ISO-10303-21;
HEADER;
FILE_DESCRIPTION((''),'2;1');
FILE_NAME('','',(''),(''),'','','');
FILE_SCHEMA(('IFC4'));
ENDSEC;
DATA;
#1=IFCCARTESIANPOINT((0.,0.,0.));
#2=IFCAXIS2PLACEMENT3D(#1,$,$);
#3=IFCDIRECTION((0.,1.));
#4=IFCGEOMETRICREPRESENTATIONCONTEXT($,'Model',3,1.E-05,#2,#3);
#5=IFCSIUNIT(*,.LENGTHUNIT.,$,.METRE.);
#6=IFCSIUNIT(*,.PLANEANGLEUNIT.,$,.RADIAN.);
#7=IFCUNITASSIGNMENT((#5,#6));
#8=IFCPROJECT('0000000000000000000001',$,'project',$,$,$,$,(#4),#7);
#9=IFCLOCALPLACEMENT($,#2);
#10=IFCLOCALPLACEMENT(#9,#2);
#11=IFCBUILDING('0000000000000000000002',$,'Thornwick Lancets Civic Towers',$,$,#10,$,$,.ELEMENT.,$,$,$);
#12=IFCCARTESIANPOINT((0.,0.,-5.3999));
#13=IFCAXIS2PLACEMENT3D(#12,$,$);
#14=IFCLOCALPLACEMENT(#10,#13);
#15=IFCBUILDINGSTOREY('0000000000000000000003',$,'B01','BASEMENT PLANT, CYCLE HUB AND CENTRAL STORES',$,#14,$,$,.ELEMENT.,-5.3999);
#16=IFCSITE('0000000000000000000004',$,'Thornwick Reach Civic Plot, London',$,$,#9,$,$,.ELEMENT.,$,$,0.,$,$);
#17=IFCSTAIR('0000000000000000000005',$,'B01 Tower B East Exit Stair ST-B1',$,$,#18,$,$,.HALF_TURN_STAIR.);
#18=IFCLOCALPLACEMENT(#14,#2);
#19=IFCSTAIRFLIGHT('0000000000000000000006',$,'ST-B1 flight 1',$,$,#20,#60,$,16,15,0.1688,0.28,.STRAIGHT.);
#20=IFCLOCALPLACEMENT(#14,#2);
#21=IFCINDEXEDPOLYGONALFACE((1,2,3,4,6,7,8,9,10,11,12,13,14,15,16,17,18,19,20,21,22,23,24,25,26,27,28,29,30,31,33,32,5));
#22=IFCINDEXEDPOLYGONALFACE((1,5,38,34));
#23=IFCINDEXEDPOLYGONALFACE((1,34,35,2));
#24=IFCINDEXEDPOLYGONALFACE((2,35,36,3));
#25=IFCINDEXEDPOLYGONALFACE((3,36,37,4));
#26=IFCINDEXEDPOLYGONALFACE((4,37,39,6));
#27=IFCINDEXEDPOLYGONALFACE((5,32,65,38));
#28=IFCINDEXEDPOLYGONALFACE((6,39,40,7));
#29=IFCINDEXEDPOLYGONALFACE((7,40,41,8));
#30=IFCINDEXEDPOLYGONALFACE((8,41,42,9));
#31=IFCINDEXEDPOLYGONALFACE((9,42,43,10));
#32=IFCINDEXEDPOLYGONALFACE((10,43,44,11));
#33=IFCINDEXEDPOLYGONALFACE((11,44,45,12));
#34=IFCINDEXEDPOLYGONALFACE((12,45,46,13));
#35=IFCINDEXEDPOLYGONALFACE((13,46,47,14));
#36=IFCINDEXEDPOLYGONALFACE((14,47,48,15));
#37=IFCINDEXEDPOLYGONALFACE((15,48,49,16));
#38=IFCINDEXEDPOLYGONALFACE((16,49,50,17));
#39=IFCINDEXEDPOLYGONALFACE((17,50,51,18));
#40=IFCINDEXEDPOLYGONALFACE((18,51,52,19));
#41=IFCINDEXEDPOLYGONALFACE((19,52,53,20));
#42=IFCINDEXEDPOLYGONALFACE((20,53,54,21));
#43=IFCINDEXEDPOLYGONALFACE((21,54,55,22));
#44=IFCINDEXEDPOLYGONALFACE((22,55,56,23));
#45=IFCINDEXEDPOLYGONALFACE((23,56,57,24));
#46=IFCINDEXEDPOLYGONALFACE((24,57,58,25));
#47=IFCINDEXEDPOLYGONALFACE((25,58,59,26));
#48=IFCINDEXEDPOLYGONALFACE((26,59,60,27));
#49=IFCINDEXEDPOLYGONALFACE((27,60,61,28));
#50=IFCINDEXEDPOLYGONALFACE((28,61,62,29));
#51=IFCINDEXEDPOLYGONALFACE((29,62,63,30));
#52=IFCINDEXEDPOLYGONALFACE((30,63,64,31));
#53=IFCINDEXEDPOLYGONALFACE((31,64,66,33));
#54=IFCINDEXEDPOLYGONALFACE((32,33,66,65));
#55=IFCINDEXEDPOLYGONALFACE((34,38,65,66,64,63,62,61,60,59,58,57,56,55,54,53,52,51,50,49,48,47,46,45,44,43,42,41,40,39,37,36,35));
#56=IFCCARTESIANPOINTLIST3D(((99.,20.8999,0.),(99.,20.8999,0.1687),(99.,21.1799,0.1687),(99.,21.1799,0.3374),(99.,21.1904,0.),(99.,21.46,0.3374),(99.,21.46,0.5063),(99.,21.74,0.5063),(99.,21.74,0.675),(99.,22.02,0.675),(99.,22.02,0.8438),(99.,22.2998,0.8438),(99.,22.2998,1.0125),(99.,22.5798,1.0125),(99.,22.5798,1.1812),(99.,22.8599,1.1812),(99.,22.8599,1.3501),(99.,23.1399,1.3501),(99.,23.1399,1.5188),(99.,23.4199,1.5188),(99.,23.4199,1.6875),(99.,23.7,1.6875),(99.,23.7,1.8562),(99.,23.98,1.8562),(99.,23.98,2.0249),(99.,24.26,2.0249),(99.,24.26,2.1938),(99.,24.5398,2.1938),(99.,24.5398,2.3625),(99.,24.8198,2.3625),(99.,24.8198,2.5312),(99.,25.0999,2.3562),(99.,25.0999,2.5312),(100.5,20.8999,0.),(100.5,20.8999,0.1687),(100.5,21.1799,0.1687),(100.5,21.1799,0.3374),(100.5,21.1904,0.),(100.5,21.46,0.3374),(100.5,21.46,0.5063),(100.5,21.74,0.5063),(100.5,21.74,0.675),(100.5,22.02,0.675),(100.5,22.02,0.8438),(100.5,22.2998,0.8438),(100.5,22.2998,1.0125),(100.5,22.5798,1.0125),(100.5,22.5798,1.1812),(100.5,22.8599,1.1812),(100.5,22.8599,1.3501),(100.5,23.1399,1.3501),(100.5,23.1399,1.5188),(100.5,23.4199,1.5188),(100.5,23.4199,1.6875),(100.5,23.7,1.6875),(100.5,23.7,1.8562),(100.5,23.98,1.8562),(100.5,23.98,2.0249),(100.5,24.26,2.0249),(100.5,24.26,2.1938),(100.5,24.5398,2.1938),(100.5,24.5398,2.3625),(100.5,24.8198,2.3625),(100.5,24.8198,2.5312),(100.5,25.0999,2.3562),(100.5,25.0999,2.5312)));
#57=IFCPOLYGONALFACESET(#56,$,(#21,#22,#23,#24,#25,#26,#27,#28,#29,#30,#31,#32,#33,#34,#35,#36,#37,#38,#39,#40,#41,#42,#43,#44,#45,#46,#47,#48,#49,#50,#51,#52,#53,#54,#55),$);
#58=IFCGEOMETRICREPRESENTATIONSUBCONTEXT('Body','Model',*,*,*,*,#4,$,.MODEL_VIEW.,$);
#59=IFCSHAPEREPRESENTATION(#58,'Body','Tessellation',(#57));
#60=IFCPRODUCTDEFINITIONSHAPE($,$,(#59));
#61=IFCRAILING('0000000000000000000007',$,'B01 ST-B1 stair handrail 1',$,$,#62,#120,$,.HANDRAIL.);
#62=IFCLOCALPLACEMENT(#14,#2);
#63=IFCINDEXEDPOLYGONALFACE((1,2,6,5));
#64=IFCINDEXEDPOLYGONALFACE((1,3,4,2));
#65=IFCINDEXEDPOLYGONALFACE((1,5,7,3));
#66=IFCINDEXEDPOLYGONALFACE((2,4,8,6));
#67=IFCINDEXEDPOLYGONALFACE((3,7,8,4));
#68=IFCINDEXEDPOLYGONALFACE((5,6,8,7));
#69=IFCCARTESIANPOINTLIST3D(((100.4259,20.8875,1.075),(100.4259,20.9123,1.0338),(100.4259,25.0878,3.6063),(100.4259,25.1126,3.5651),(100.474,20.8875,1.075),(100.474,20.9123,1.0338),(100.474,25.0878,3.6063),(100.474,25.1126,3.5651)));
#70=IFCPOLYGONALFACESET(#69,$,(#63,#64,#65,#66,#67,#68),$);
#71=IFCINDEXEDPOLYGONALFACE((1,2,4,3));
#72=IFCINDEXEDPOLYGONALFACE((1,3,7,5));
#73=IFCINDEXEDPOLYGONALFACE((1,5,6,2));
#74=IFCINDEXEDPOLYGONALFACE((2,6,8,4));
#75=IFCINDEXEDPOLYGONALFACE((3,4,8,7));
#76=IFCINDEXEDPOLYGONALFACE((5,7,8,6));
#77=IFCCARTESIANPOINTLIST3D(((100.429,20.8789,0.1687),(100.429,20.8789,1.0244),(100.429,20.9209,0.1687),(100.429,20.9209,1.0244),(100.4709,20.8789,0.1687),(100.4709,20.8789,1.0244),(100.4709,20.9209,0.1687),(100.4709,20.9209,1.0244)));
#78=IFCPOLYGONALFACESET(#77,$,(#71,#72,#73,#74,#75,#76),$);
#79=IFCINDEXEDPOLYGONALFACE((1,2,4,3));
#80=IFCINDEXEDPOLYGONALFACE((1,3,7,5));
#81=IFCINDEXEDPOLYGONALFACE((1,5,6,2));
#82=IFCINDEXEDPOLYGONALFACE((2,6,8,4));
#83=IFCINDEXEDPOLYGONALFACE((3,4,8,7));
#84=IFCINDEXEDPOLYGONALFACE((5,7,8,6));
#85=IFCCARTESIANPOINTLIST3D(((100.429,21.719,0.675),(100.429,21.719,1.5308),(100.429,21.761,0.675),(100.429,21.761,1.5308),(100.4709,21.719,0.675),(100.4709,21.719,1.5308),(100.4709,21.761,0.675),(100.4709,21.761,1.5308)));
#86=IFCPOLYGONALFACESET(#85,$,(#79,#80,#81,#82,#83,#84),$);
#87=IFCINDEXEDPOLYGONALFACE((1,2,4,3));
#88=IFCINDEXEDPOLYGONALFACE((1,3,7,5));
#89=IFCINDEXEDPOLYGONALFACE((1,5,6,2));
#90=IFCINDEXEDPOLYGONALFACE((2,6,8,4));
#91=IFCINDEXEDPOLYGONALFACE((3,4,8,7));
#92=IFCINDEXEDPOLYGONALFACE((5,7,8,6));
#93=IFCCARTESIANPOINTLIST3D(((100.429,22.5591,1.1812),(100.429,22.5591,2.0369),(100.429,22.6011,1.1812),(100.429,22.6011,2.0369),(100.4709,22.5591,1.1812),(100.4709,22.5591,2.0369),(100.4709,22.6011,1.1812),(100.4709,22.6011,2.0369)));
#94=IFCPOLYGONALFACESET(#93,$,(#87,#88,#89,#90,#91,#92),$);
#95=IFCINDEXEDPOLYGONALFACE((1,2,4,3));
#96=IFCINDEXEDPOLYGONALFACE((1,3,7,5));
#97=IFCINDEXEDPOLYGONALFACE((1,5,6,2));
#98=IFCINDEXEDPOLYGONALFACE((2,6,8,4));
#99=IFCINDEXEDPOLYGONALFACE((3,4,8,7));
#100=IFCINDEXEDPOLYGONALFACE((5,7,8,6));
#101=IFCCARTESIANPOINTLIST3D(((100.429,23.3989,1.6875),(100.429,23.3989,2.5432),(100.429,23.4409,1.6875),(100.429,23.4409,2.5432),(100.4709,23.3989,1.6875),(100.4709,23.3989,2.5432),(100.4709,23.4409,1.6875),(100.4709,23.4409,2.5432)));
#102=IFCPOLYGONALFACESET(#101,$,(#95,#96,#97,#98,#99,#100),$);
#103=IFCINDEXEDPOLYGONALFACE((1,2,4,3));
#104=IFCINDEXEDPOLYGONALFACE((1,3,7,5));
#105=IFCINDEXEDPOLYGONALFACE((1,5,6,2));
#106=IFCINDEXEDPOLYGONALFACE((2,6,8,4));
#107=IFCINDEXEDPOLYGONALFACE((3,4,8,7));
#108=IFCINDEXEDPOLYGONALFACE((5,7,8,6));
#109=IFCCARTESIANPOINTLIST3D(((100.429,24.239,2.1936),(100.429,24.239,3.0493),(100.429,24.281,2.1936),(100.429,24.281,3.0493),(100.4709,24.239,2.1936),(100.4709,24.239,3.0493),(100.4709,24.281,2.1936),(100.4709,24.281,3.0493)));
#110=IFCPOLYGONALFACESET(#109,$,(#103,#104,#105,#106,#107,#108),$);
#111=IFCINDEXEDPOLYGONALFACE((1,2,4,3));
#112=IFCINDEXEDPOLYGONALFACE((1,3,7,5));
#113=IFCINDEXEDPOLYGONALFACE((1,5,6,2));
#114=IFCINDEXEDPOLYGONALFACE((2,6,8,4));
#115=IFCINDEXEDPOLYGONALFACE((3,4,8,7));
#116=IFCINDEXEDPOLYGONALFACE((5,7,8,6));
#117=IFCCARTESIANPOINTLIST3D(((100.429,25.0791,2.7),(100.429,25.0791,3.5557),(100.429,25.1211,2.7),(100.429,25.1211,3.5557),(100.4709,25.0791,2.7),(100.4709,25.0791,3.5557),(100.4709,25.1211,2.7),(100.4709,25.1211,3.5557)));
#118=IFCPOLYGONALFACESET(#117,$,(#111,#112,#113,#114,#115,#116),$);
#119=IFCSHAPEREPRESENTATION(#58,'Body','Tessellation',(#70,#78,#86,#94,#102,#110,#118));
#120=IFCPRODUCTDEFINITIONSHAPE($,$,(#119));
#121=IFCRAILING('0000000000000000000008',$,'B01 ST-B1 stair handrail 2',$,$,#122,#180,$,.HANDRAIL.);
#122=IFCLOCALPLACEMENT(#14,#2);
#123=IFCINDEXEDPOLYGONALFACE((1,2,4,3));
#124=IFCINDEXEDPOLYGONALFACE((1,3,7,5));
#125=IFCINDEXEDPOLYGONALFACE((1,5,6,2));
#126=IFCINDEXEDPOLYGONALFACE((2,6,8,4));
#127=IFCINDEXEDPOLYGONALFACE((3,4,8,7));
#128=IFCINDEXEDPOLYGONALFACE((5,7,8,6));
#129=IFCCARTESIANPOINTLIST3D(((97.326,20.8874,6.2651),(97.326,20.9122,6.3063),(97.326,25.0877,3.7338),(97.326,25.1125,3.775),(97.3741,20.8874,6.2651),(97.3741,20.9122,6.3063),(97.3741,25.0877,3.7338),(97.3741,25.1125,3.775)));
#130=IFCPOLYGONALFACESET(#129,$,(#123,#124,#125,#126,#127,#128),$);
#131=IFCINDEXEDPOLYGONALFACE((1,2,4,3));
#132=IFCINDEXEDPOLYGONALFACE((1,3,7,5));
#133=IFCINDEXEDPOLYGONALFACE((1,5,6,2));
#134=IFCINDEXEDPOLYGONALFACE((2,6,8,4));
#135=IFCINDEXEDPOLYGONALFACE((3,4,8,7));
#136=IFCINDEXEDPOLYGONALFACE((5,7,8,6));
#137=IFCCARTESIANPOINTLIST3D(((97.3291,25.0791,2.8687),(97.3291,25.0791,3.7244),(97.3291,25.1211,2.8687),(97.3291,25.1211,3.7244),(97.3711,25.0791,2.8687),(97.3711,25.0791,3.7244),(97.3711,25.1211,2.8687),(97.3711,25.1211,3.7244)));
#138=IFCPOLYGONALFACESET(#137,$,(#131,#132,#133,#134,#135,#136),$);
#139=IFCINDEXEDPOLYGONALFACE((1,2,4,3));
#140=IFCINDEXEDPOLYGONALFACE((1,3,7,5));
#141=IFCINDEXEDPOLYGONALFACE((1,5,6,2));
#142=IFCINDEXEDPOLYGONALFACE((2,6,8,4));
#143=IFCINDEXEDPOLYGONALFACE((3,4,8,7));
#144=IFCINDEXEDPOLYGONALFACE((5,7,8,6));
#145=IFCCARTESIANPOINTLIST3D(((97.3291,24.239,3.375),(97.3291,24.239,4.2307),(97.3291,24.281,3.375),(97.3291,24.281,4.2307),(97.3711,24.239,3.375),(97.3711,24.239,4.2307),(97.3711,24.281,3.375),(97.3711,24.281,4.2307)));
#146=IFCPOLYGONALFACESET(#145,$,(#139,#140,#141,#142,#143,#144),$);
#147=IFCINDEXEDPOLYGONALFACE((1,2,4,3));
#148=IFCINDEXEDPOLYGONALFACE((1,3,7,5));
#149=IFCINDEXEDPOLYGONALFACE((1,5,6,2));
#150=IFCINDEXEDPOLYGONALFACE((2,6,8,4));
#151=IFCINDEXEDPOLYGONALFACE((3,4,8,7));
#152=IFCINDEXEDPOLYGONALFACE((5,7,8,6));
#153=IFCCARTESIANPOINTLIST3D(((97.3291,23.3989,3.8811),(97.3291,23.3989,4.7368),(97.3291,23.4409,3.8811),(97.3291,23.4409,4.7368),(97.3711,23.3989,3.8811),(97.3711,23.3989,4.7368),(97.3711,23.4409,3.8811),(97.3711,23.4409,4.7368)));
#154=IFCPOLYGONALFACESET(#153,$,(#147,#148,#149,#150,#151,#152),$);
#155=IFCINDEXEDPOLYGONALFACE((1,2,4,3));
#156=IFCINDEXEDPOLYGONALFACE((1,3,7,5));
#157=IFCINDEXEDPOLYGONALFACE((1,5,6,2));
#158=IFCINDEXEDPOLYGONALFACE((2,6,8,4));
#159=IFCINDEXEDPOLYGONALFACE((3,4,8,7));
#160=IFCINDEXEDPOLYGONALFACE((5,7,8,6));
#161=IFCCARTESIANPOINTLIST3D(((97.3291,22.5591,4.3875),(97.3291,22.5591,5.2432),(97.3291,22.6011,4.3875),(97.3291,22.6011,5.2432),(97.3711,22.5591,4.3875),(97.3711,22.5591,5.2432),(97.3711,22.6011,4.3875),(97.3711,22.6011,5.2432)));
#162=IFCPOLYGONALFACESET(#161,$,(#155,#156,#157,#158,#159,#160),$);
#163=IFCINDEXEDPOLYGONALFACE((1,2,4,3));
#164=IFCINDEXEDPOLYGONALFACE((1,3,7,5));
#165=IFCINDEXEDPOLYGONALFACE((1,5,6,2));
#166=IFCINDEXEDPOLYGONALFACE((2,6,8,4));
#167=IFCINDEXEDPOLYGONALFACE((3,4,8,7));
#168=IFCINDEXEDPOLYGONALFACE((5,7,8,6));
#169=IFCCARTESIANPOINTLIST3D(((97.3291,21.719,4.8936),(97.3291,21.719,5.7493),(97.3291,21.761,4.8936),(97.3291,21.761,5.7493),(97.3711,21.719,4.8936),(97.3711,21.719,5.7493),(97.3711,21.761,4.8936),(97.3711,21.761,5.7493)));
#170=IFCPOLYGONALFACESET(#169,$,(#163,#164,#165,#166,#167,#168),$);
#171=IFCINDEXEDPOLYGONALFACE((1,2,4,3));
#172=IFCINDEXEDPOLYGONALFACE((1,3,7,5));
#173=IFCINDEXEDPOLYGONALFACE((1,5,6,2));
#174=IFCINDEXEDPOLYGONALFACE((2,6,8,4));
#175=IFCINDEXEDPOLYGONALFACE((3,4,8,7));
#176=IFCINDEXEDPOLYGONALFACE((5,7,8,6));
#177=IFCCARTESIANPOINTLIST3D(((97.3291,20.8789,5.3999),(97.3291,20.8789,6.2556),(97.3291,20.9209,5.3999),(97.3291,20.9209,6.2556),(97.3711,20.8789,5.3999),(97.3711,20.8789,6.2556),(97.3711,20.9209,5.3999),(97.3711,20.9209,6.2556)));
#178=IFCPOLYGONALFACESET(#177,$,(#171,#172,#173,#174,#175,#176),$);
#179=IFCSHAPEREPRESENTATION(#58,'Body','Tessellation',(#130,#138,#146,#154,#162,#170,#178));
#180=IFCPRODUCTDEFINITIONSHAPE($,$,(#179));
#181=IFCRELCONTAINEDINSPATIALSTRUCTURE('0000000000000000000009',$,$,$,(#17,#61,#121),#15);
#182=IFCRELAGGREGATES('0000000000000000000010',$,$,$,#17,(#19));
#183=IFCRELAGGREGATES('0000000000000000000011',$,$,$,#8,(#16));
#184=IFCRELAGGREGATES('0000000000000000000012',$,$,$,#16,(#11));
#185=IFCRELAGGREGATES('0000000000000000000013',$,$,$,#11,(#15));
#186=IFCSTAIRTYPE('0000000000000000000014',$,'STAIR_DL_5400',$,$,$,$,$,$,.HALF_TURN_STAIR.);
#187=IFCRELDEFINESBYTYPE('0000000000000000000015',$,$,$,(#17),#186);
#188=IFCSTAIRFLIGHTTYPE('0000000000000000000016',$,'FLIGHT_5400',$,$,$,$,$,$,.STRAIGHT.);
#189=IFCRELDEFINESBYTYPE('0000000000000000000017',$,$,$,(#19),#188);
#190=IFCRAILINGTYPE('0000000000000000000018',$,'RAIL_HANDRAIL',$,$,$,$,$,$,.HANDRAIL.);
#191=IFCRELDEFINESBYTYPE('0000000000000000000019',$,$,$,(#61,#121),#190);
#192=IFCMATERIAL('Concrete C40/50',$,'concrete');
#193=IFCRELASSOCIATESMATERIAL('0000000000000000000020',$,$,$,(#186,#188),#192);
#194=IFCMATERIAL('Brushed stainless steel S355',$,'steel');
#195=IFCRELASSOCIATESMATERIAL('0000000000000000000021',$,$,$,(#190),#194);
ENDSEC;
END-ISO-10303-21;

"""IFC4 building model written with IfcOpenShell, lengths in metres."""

from ifc_helpers import new_model, si_unit, direction, frame, origin, origin_2d, place, context, subcontext, project, spatial, polyline, rectangle, outline, extrude, material, type_object, element, aggregate, save


model = new_model("IFC4")

# Units and contexts
model_context = context("Model", 3, precision=1e-05, world=origin(), true_north=direction((0.0, 1.0)))
body_context = subcontext(model_context, "Body", "Model", "MODEL_VIEW")
ifc_project = project(units=[si_unit("LENGTHUNIT", "METRE"), si_unit("PLANEANGLEUNIT", "RADIAN")], contexts=[model_context])

# Site, building, storey
site_placement = place(None, origin())
site = spatial("IfcSite", under=ifc_project, at=site_placement, Name="Thornwick Reach Civic Plot, London", CompositionType="ELEMENT", RefElevation=0.0)
building_placement = place(site_placement, origin())
building = spatial("IfcBuilding", under=site, at=building_placement, Name="Thornwick Lancets Civic Towers", CompositionType="ELEMENT")
storey_placement = place(building_placement, frame((0.0, 0.0, -5.3999)))
storey = spatial("IfcBuildingStorey", under=building, at=storey_placement, Name="B01", Description="BASEMENT PLANT, CYCLE HUB AND CENTRAL STORES", CompositionType="ELEMENT", Elevation=-5.3999)

# Shared definitions
ifc_material_1 = material(Name="Concrete C40/50", Category="concrete")

# Stair, stair flight
stair_type = type_object("IfcStairType", Name="STAIR_DL_5400", PredefinedType="HALF_TURN_STAIR", material=ifc_material_1)
stair_placement = place(storey_placement, origin())
stair = element("IfcStair", 1, at=stair_placement, inside=storey, type_object=stair_type, Name="B01 Tower B East Exit Stair ST-B1", PredefinedType="HALF_TURN_STAIR")
stair_flight_type = type_object("IfcStairFlightType", Name="FLIGHT_5400", PredefinedType="STRAIGHT", material=ifc_material_1)
stair_flight_placement = place(storey_placement, frame((99.75, 20.8999, 0.0), z_axis=(0.0, 0.0, 1.0), x_axis=(0.0, 1.0, 0.0)))
stair_flight = element("IfcStairFlight", 2, at=stair_flight_placement, type_object=stair_flight_type, Name="ST-B1 flight 1", NumberOfRisers=16, NumberOfTreads=15, PredefinedType="STRAIGHT", RiserHeight=0.1688, TreadLength=0.28, context=body_context, shape_type="SweptSolid", body=[
    extrude(outline(polyline([(0.0, 0.0), (0.0, 0.1687), (0.28, 0.1687), (0.28, 0.3374), (0.5601, 0.3374), (0.5601, 0.5063), (0.8401, 0.5063), (0.8401, 0.675), (1.1201, 0.675), (1.1201, 0.8438), (1.3999, 0.8438), (1.3999, 1.0125), (1.6799, 1.0125), (1.6799, 1.1812), (1.96, 1.1812), (1.96, 1.3501), (2.24, 1.3501), (2.24, 1.5188), (2.52, 1.5188), (2.52, 1.6875), (2.8, 1.6875), (2.8, 1.8562), (3.0801, 1.8562), (3.0801, 2.0249), (3.3601, 2.0249), (3.3601, 2.1938), (3.6399, 2.1938), (3.6399, 2.3625), (3.9199, 2.3625), (3.9199, 2.5312), (4.2, 2.5312), (4.2, 2.7), (4.2, 2.3562), (0.2905, 0.0), (0.0, 0.0)])), frame((0.0, 0.75, 0.0), z_axis=(0.0, -1.0, 0.0), x_axis=(1.0, 0.0, 0.0)), (0.0, 0.0, 1.0), 1.5),
])
aggregate(stair, [stair_flight])

# Railings
ifc_material_2 = material(Name="Brushed stainless steel S355", Category="steel")
railing_type_1 = type_object("IfcRailingType", Name="RAIL_HANDRAIL", PredefinedType="HANDRAIL", material=ifc_material_2)
railing_1_placement = place(storey_placement, frame((100.45, 20.8999, 0.1687)))
element("IfcRailing", 3, at=railing_1_placement, inside=storey, type_object=railing_type_1, Name="B01 ST-B1 stair handrail 1", PredefinedType="HANDRAIL", context=body_context, shape_type="SweptSolid", body=[
    extrude(rectangle(XDim=0.0481, YDim=0.0481, at=origin_2d()), frame((0.0, 0.0, 0.8857), z_axis=(0.0, 0.85649, 0.516164), x_axis=(-1.0, 0.0, 0.0)), (0.0, 0.0, 1.0), 4.9041),
    extrude(rectangle(XDim=0.042, YDim=0.042, at=origin_2d()), origin(), (0.0, 0.0, 1.0), 0.8557),
    extrude(rectangle(XDim=0.042, YDim=0.042, at=origin_2d()), frame((0.0, 0.8401, 0.5063)), (0.0, 0.0, 1.0), 0.8557),
    extrude(rectangle(XDim=0.042, YDim=0.042, at=origin_2d()), frame((0.0, 1.6802, 1.0125)), (0.0, 0.0, 1.0), 0.8557),
    extrude(rectangle(XDim=0.042, YDim=0.042, at=origin_2d()), frame((0.0, 2.52, 1.5188)), (0.0, 0.0, 1.0), 0.8557),
    extrude(rectangle(XDim=0.042, YDim=0.042, at=origin_2d()), frame((0.0, 3.3601, 2.0249)), (0.0, 0.0, 1.0), 0.8557),
    extrude(rectangle(XDim=0.042, YDim=0.042, at=origin_2d()), frame((0.0, 4.2002, 2.5312)), (0.0, 0.0, 1.0), 0.8557),
])
railing_2_placement = place(storey_placement, frame((97.3501, 25.1001, 2.8687)))
element("IfcRailing", 4, at=railing_2_placement, inside=storey, type_object=railing_type_1, Name="B01 ST-B1 stair handrail 2", PredefinedType="HANDRAIL", context=body_context, shape_type="SweptSolid", body=[
    extrude(rectangle(XDim=0.0481, YDim=0.0481, at=origin_2d()), frame((0.0, 0.0, 0.8857), z_axis=(0.0, -0.85649, 0.516164), x_axis=(1.0, 0.0, 0.0)), (0.0, 0.0, 1.0), 4.9041),
    extrude(rectangle(XDim=0.042, YDim=0.042, at=origin_2d()), origin(), (0.0, 0.0, 1.0), 0.8557),
    extrude(rectangle(XDim=0.042, YDim=0.042, at=origin_2d()), frame((0.0, -0.8401, 0.5063)), (0.0, 0.0, 1.0), 0.8557),
    extrude(rectangle(XDim=0.042, YDim=0.042, at=origin_2d()), frame((0.0, -1.6802, 1.0125)), (0.0, 0.0, 1.0), 0.8557),
    extrude(rectangle(XDim=0.042, YDim=0.042, at=origin_2d()), frame((0.0, -2.52, 1.5188)), (0.0, 0.0, 1.0), 0.8557),
    extrude(rectangle(XDim=0.042, YDim=0.042, at=origin_2d()), frame((0.0, -3.3601, 2.0249)), (0.0, 0.0, 1.0), 0.8557),
    extrude(rectangle(XDim=0.042, YDim=0.042, at=origin_2d()), frame((0.0, -4.2002, 2.5312)), (0.0, 0.0, 1.0), 0.8557),
])

save(model, "model.ifc")
